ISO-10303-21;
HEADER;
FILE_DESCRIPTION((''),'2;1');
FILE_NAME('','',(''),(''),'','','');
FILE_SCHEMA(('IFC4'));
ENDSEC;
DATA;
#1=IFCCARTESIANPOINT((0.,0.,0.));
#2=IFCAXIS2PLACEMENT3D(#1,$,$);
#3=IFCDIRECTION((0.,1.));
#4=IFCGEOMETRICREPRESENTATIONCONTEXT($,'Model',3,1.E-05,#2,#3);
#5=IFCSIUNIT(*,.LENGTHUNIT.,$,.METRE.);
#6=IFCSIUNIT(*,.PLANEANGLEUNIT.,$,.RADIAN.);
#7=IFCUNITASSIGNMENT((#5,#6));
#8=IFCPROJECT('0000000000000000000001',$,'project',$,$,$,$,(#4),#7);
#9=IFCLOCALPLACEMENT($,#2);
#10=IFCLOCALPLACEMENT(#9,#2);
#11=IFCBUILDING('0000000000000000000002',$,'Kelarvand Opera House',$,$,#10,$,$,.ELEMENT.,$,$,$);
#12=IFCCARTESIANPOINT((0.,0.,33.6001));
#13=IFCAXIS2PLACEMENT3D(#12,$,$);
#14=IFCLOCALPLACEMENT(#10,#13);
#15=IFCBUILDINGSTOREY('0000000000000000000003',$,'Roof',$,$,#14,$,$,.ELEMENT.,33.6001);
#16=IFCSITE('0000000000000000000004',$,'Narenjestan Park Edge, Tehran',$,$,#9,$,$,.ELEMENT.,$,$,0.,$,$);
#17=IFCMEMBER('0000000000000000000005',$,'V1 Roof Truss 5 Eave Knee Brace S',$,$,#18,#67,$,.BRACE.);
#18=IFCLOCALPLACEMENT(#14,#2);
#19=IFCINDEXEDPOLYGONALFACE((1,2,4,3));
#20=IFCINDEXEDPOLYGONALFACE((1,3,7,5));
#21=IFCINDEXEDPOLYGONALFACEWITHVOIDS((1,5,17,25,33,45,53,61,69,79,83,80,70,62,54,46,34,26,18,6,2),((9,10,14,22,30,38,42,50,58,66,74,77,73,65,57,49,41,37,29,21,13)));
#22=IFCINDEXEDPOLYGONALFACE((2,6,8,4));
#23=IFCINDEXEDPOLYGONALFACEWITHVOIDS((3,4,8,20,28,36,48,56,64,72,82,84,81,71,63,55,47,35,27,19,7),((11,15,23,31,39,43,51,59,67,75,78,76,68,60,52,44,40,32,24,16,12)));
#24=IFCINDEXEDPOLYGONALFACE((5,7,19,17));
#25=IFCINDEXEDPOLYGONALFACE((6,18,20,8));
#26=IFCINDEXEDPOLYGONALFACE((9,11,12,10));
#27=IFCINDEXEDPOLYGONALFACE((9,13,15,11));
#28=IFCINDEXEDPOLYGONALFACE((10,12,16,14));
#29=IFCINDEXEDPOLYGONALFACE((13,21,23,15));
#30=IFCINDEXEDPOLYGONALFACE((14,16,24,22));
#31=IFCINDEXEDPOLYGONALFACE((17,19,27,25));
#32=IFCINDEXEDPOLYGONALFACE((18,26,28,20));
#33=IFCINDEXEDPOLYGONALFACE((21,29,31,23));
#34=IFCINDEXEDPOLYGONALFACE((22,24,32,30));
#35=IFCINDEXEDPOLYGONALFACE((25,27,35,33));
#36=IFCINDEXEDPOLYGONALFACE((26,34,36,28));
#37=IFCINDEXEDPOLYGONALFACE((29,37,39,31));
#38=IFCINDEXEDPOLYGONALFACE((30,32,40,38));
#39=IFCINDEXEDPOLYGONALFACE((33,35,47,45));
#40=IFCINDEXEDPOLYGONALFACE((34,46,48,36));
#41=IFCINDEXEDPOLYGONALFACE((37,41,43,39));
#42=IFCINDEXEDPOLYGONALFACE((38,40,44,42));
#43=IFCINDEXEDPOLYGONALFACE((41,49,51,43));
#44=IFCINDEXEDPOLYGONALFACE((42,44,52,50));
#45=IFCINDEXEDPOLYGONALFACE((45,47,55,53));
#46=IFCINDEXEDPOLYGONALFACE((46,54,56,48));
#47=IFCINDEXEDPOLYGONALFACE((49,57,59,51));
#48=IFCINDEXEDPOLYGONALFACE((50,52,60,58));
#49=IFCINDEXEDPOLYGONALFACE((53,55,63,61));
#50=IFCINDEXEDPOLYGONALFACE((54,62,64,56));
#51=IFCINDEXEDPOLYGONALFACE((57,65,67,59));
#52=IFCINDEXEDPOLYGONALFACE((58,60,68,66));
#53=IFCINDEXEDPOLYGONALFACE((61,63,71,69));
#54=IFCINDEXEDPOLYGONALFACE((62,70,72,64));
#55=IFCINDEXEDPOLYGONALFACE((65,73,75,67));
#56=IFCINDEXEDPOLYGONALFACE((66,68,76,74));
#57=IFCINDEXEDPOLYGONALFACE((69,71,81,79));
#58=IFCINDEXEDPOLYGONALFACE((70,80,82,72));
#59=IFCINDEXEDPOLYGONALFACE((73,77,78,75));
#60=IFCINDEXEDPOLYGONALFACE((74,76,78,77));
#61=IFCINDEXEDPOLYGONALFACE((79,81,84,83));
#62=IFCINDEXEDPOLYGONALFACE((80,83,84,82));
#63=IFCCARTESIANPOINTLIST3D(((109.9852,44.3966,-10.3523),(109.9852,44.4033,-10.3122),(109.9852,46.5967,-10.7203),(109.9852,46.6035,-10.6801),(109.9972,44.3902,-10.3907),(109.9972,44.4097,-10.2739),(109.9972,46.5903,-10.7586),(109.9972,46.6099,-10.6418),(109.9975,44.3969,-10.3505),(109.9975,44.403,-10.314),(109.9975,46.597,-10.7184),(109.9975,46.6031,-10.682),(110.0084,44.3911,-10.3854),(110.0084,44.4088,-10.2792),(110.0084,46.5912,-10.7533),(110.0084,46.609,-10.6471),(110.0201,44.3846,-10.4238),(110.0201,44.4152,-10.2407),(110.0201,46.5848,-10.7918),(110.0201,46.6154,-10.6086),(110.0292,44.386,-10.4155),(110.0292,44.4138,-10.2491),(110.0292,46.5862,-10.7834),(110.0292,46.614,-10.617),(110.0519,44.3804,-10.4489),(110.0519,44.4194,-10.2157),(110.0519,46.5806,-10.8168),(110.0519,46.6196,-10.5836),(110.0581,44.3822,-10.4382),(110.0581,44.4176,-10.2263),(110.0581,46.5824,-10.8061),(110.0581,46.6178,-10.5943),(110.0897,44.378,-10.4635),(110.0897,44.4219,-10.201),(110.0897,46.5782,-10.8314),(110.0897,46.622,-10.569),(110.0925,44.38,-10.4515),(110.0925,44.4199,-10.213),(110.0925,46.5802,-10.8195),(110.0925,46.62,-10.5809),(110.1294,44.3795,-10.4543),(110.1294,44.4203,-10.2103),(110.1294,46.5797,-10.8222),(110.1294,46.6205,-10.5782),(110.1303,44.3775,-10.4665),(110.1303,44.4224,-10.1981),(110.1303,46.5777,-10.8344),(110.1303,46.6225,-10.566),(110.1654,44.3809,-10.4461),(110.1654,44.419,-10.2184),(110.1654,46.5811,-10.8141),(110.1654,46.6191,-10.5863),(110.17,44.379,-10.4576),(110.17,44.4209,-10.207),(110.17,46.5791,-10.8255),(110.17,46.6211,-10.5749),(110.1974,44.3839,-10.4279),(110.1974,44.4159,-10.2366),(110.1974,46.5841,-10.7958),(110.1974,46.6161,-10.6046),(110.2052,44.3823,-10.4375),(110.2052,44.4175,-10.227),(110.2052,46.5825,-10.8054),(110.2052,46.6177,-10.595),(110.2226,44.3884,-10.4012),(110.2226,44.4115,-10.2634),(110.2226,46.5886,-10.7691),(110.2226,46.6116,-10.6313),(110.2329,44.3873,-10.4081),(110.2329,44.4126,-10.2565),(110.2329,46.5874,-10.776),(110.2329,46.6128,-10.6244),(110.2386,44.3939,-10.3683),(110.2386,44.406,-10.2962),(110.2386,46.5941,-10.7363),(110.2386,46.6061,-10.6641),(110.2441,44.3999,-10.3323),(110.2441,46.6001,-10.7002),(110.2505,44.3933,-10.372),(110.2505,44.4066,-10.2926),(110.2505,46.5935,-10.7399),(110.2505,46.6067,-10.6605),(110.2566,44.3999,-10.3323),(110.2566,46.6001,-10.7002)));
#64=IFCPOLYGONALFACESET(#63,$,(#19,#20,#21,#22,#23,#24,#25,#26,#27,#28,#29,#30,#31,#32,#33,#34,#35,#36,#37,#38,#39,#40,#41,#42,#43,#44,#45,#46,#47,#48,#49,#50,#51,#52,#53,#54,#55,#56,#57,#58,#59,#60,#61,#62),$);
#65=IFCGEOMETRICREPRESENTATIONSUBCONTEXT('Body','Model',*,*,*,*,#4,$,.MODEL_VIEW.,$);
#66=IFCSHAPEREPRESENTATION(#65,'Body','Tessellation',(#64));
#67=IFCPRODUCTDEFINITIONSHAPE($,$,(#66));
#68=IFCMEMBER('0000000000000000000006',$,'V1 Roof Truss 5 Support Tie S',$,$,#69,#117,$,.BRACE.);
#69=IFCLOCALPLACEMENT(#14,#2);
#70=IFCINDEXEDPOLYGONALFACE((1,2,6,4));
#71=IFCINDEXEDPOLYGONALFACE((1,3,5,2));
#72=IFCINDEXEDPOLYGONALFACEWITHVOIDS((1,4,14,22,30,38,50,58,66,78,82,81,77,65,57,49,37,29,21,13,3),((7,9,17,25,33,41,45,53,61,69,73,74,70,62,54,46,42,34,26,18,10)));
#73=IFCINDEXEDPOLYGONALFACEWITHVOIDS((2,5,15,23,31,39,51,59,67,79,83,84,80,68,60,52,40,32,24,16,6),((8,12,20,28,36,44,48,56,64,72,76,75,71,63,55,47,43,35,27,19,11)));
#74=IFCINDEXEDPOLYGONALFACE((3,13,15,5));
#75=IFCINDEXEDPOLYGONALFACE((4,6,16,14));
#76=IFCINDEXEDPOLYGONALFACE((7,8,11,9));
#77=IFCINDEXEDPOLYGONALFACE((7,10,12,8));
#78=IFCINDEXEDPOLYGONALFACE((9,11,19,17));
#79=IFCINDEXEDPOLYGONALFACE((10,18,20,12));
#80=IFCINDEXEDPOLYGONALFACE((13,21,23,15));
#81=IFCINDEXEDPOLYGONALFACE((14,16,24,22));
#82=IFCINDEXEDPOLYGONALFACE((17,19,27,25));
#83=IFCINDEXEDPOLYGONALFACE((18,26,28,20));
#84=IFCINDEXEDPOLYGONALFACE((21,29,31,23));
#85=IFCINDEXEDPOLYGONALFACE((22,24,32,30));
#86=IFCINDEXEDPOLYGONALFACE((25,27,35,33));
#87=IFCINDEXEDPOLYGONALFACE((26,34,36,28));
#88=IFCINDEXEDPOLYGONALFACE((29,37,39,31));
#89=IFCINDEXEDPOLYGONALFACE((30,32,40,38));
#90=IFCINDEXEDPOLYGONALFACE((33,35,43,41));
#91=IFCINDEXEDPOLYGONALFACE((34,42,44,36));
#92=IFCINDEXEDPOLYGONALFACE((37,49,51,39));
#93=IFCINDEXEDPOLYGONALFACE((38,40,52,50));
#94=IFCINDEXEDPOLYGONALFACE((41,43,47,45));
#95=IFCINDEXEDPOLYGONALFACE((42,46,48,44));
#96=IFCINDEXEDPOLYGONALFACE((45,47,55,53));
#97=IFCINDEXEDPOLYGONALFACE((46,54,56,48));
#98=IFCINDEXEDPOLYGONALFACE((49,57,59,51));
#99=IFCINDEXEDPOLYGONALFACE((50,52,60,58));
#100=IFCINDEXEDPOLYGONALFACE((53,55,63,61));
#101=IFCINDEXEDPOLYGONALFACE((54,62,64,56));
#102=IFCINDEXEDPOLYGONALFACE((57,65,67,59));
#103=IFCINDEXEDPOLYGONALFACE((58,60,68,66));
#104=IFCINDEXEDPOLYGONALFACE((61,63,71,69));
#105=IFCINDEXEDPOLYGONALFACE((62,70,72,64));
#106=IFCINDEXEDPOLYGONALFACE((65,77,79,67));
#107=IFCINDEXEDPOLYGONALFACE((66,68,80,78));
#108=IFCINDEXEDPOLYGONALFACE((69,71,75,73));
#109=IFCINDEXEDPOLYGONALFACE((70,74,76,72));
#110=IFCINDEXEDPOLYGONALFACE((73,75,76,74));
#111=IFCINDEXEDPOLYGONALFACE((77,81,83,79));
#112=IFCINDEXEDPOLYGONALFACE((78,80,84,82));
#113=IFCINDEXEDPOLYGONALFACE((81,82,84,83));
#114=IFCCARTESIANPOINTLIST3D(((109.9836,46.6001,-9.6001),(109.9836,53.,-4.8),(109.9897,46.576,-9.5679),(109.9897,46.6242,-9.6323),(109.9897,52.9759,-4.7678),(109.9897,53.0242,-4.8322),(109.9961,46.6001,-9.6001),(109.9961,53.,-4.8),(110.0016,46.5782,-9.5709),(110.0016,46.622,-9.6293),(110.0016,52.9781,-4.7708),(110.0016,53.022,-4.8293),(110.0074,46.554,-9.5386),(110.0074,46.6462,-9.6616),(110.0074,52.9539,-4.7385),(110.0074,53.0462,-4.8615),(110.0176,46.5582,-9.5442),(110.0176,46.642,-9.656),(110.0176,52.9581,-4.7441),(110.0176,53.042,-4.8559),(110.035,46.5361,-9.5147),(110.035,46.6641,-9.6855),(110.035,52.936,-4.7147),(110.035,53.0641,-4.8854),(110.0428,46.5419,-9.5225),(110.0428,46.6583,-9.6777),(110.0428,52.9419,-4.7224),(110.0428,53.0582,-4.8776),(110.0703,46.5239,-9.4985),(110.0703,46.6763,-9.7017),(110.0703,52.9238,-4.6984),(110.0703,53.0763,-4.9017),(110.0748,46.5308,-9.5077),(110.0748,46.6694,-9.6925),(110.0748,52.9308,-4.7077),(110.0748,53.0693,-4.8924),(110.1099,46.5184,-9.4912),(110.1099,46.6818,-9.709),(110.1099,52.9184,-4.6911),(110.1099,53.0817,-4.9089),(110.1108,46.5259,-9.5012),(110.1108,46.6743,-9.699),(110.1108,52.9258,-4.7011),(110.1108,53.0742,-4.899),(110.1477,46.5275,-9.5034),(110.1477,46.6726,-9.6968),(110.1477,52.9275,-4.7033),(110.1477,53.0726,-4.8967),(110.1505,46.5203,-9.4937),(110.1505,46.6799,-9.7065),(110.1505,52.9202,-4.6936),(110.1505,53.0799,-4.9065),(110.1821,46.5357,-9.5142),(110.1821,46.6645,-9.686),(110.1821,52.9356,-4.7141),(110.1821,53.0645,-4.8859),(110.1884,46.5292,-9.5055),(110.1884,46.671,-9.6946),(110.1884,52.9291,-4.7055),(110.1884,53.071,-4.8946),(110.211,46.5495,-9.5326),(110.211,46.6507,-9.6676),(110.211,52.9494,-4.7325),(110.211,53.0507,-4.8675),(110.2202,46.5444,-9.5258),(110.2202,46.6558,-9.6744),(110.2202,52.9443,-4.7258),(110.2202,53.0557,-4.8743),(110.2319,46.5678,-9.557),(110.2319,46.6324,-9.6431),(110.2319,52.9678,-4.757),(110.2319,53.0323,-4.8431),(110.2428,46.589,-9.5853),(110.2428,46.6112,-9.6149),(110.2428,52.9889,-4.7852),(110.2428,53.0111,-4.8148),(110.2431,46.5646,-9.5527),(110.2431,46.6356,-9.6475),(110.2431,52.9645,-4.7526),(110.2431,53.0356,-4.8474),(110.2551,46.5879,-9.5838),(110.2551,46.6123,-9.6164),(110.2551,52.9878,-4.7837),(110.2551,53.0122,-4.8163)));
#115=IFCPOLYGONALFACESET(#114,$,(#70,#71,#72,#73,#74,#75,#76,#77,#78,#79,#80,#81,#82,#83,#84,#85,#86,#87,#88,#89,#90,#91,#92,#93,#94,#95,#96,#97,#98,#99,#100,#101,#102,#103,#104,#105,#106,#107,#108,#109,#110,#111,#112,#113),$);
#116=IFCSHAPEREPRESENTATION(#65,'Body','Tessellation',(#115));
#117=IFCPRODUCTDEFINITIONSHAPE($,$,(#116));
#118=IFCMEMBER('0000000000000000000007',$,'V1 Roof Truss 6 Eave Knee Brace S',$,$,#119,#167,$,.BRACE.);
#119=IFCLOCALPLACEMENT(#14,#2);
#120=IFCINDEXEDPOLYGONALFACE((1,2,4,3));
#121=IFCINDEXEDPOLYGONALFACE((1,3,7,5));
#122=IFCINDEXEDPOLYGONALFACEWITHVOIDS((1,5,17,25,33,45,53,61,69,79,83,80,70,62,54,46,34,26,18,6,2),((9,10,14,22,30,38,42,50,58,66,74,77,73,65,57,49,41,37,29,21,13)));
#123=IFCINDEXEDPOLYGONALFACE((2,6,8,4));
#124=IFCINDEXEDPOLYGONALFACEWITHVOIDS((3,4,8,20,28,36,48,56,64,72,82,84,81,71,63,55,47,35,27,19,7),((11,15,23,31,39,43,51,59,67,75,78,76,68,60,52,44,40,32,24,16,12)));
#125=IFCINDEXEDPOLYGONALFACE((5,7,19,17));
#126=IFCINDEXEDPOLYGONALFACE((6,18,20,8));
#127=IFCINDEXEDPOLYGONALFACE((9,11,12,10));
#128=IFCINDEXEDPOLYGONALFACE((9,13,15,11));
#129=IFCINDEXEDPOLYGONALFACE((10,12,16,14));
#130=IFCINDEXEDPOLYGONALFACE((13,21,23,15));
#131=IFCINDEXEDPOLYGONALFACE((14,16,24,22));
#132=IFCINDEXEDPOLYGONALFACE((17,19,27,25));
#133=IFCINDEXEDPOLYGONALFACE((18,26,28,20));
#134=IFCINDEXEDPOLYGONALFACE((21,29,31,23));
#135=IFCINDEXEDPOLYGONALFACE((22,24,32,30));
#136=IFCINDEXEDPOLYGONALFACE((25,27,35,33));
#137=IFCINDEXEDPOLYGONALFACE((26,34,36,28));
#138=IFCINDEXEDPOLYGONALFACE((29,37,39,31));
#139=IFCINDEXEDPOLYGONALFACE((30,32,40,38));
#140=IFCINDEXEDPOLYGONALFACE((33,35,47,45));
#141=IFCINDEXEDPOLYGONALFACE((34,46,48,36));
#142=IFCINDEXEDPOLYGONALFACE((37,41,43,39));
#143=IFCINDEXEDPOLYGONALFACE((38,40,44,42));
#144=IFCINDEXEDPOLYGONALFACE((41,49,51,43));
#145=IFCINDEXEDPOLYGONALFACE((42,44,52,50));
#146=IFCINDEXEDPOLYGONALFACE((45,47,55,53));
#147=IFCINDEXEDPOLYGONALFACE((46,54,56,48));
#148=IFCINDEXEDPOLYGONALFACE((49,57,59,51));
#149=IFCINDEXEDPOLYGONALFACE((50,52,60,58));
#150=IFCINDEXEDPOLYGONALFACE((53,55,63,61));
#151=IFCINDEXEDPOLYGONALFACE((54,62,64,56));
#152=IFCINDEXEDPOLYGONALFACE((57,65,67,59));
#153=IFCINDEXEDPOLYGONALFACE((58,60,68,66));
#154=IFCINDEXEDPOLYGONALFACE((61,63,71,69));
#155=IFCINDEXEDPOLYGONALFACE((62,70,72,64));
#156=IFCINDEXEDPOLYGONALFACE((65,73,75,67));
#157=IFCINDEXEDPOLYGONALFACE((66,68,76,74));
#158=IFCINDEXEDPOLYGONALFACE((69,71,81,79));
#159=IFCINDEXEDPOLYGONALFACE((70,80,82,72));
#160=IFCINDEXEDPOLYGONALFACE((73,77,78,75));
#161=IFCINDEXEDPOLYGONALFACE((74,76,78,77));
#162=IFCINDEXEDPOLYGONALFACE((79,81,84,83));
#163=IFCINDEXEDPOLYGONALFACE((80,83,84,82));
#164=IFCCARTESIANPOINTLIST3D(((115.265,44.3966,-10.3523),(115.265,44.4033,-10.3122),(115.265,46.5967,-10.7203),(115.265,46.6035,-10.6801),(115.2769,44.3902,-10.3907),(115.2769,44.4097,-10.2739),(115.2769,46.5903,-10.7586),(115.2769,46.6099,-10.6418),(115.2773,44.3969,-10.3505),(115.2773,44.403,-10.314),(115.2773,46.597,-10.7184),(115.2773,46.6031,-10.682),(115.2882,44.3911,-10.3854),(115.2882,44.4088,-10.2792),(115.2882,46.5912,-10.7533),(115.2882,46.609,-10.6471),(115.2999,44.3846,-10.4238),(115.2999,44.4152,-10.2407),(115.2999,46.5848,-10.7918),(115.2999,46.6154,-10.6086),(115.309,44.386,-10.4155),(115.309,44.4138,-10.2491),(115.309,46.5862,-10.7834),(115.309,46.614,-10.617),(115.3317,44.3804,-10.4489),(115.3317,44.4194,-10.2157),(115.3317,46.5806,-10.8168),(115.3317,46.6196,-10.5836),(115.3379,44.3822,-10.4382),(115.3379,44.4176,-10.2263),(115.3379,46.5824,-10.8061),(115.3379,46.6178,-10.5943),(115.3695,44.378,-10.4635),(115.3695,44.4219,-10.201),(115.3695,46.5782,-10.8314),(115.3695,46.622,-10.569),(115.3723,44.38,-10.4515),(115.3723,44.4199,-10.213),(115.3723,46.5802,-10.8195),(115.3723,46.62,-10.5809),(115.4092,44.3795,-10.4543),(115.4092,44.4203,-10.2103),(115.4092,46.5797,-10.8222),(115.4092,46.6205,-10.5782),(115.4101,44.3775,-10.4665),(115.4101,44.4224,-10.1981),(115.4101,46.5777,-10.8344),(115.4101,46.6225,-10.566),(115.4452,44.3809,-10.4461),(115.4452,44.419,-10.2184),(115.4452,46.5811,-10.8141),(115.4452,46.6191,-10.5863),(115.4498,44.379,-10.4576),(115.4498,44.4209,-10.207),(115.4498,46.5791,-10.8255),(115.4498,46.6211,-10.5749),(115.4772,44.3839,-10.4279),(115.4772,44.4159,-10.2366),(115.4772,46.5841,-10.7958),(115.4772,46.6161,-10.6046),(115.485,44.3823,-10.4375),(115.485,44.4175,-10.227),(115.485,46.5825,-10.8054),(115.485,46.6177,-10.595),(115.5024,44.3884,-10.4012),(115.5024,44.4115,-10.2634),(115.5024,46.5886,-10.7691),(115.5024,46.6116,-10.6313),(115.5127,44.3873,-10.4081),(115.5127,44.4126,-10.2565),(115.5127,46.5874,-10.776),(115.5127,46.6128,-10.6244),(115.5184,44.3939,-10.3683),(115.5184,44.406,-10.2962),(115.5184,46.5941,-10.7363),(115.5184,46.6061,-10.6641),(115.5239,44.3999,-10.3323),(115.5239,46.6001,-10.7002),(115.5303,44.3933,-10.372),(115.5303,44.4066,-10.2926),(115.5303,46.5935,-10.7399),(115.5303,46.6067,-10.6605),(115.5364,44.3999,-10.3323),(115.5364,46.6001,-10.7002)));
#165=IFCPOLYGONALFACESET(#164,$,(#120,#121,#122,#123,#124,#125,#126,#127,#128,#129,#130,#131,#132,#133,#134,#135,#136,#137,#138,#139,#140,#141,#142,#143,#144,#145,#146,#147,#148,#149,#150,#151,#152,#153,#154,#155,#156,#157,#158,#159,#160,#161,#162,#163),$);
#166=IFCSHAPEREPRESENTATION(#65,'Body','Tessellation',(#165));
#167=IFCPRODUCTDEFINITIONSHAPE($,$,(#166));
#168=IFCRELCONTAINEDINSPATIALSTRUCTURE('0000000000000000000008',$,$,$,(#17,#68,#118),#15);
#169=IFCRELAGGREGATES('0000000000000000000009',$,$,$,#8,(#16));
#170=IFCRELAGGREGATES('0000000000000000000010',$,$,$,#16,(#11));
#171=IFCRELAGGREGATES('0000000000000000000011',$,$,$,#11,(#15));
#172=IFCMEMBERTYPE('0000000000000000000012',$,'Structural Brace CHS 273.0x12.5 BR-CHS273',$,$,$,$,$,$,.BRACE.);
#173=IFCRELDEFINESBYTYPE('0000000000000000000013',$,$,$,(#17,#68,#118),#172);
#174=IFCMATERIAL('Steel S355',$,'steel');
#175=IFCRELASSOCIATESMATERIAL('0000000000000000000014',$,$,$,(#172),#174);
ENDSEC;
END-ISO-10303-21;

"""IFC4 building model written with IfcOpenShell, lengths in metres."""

from ifc_helpers import new_model, si_unit, direction, frame, origin, origin_2d, place, context, subcontext, project, spatial, hollow_circle, extrude, material, material_profile, profile_set, type_object, element, save


model = new_model("IFC4")

# Units and contexts
model_context = context("Model", 3, precision=1e-05, world=origin(), true_north=direction((0.0, 1.0)))
body_context = subcontext(model_context, "Body", "Model", "MODEL_VIEW")
ifc_project = project(units=[si_unit("LENGTHUNIT", "METRE"), si_unit("PLANEANGLEUNIT", "RADIAN")], contexts=[model_context])

# Site, building, storey
site_placement = place(None, origin())
site = spatial("IfcSite", under=ifc_project, at=site_placement, Name="Narenjestan Park Edge, Tehran", CompositionType="ELEMENT", RefElevation=0.0)
building_placement = place(site_placement, origin())
building = spatial("IfcBuilding", under=site, at=building_placement, Name="Kelarvand Opera House", CompositionType="ELEMENT")
storey_placement = place(building_placement, frame((0.0, 0.0, 33.6001)))
storey = spatial("IfcBuildingStorey", under=building, at=storey_placement, Name="Roof", CompositionType="ELEMENT", Elevation=33.6001)

# Members
ifc_material = material(Name="Steel S355", Category="steel")
ifc_material_profile_1 = material_profile(ifc_material, hollow_circle(Radius=0.1365, WallThickness=0.0125, at=origin_2d()), Name="CHS 273.0x12.5", Category="steel")
ifc_profile_set_1 = profile_set([ifc_material_profile_1], Name="Steel S355")
member_type_1 = type_object("IfcMemberType", Name="Structural Brace CHS 273.0x12.5 BR-CHS273", PredefinedType="BRACE", material=ifc_profile_set_1)
member_1_placement = place(storey_placement, frame((110.1201, 46.6001, -10.7002), z_axis=(0.0, -0.986305, 0.164931), x_axis=(1.0, 0.0, 0.0)))
element("IfcMember", 1, at=member_1_placement, inside=storey, type_object=member_type_1, Name="V1 Roof Truss 5 Eave Knee Brace S", PredefinedType="BRACE", context=body_context, shape_type="SweptSolid", body=[
    extrude(hollow_circle(Radius=0.1365, WallThickness=0.0125, at=origin_2d()), origin(), (0.0, 0.0, 1.0), 2.2307),
])
member_2_placement = place(storey_placement, frame((110.1201, 46.6001, -9.6001), z_axis=(0.0, 0.799993, 0.60001), x_axis=(-1.0, 0.0, 0.0)))
element("IfcMember", 2, at=member_2_placement, inside=storey, type_object=member_type_1, Name="V1 Roof Truss 5 Support Tie S", PredefinedType="BRACE", context=body_context, shape_type="SweptSolid", body=[
    extrude(hollow_circle(Radius=0.1365, WallThickness=0.0125, at=origin_2d()), origin(), (0.0, 0.0, 1.0), 8.0),
])
member_3_placement = place(storey_placement, frame((115.3999, 46.6001, -10.7002), z_axis=(0.0, -0.986305, 0.164931), x_axis=(1.0, 0.0, 0.0)))
element("IfcMember", 3, at=member_3_placement, inside=storey, type_object=member_type_1, Name="V1 Roof Truss 6 Eave Knee Brace S", PredefinedType="BRACE", context=body_context, shape_type="SweptSolid", body=[
    extrude(hollow_circle(Radius=0.1365, WallThickness=0.0125, at=origin_2d()), origin(), (0.0, 0.0, 1.0), 2.2307),
])

save(model, "model.ifc")
